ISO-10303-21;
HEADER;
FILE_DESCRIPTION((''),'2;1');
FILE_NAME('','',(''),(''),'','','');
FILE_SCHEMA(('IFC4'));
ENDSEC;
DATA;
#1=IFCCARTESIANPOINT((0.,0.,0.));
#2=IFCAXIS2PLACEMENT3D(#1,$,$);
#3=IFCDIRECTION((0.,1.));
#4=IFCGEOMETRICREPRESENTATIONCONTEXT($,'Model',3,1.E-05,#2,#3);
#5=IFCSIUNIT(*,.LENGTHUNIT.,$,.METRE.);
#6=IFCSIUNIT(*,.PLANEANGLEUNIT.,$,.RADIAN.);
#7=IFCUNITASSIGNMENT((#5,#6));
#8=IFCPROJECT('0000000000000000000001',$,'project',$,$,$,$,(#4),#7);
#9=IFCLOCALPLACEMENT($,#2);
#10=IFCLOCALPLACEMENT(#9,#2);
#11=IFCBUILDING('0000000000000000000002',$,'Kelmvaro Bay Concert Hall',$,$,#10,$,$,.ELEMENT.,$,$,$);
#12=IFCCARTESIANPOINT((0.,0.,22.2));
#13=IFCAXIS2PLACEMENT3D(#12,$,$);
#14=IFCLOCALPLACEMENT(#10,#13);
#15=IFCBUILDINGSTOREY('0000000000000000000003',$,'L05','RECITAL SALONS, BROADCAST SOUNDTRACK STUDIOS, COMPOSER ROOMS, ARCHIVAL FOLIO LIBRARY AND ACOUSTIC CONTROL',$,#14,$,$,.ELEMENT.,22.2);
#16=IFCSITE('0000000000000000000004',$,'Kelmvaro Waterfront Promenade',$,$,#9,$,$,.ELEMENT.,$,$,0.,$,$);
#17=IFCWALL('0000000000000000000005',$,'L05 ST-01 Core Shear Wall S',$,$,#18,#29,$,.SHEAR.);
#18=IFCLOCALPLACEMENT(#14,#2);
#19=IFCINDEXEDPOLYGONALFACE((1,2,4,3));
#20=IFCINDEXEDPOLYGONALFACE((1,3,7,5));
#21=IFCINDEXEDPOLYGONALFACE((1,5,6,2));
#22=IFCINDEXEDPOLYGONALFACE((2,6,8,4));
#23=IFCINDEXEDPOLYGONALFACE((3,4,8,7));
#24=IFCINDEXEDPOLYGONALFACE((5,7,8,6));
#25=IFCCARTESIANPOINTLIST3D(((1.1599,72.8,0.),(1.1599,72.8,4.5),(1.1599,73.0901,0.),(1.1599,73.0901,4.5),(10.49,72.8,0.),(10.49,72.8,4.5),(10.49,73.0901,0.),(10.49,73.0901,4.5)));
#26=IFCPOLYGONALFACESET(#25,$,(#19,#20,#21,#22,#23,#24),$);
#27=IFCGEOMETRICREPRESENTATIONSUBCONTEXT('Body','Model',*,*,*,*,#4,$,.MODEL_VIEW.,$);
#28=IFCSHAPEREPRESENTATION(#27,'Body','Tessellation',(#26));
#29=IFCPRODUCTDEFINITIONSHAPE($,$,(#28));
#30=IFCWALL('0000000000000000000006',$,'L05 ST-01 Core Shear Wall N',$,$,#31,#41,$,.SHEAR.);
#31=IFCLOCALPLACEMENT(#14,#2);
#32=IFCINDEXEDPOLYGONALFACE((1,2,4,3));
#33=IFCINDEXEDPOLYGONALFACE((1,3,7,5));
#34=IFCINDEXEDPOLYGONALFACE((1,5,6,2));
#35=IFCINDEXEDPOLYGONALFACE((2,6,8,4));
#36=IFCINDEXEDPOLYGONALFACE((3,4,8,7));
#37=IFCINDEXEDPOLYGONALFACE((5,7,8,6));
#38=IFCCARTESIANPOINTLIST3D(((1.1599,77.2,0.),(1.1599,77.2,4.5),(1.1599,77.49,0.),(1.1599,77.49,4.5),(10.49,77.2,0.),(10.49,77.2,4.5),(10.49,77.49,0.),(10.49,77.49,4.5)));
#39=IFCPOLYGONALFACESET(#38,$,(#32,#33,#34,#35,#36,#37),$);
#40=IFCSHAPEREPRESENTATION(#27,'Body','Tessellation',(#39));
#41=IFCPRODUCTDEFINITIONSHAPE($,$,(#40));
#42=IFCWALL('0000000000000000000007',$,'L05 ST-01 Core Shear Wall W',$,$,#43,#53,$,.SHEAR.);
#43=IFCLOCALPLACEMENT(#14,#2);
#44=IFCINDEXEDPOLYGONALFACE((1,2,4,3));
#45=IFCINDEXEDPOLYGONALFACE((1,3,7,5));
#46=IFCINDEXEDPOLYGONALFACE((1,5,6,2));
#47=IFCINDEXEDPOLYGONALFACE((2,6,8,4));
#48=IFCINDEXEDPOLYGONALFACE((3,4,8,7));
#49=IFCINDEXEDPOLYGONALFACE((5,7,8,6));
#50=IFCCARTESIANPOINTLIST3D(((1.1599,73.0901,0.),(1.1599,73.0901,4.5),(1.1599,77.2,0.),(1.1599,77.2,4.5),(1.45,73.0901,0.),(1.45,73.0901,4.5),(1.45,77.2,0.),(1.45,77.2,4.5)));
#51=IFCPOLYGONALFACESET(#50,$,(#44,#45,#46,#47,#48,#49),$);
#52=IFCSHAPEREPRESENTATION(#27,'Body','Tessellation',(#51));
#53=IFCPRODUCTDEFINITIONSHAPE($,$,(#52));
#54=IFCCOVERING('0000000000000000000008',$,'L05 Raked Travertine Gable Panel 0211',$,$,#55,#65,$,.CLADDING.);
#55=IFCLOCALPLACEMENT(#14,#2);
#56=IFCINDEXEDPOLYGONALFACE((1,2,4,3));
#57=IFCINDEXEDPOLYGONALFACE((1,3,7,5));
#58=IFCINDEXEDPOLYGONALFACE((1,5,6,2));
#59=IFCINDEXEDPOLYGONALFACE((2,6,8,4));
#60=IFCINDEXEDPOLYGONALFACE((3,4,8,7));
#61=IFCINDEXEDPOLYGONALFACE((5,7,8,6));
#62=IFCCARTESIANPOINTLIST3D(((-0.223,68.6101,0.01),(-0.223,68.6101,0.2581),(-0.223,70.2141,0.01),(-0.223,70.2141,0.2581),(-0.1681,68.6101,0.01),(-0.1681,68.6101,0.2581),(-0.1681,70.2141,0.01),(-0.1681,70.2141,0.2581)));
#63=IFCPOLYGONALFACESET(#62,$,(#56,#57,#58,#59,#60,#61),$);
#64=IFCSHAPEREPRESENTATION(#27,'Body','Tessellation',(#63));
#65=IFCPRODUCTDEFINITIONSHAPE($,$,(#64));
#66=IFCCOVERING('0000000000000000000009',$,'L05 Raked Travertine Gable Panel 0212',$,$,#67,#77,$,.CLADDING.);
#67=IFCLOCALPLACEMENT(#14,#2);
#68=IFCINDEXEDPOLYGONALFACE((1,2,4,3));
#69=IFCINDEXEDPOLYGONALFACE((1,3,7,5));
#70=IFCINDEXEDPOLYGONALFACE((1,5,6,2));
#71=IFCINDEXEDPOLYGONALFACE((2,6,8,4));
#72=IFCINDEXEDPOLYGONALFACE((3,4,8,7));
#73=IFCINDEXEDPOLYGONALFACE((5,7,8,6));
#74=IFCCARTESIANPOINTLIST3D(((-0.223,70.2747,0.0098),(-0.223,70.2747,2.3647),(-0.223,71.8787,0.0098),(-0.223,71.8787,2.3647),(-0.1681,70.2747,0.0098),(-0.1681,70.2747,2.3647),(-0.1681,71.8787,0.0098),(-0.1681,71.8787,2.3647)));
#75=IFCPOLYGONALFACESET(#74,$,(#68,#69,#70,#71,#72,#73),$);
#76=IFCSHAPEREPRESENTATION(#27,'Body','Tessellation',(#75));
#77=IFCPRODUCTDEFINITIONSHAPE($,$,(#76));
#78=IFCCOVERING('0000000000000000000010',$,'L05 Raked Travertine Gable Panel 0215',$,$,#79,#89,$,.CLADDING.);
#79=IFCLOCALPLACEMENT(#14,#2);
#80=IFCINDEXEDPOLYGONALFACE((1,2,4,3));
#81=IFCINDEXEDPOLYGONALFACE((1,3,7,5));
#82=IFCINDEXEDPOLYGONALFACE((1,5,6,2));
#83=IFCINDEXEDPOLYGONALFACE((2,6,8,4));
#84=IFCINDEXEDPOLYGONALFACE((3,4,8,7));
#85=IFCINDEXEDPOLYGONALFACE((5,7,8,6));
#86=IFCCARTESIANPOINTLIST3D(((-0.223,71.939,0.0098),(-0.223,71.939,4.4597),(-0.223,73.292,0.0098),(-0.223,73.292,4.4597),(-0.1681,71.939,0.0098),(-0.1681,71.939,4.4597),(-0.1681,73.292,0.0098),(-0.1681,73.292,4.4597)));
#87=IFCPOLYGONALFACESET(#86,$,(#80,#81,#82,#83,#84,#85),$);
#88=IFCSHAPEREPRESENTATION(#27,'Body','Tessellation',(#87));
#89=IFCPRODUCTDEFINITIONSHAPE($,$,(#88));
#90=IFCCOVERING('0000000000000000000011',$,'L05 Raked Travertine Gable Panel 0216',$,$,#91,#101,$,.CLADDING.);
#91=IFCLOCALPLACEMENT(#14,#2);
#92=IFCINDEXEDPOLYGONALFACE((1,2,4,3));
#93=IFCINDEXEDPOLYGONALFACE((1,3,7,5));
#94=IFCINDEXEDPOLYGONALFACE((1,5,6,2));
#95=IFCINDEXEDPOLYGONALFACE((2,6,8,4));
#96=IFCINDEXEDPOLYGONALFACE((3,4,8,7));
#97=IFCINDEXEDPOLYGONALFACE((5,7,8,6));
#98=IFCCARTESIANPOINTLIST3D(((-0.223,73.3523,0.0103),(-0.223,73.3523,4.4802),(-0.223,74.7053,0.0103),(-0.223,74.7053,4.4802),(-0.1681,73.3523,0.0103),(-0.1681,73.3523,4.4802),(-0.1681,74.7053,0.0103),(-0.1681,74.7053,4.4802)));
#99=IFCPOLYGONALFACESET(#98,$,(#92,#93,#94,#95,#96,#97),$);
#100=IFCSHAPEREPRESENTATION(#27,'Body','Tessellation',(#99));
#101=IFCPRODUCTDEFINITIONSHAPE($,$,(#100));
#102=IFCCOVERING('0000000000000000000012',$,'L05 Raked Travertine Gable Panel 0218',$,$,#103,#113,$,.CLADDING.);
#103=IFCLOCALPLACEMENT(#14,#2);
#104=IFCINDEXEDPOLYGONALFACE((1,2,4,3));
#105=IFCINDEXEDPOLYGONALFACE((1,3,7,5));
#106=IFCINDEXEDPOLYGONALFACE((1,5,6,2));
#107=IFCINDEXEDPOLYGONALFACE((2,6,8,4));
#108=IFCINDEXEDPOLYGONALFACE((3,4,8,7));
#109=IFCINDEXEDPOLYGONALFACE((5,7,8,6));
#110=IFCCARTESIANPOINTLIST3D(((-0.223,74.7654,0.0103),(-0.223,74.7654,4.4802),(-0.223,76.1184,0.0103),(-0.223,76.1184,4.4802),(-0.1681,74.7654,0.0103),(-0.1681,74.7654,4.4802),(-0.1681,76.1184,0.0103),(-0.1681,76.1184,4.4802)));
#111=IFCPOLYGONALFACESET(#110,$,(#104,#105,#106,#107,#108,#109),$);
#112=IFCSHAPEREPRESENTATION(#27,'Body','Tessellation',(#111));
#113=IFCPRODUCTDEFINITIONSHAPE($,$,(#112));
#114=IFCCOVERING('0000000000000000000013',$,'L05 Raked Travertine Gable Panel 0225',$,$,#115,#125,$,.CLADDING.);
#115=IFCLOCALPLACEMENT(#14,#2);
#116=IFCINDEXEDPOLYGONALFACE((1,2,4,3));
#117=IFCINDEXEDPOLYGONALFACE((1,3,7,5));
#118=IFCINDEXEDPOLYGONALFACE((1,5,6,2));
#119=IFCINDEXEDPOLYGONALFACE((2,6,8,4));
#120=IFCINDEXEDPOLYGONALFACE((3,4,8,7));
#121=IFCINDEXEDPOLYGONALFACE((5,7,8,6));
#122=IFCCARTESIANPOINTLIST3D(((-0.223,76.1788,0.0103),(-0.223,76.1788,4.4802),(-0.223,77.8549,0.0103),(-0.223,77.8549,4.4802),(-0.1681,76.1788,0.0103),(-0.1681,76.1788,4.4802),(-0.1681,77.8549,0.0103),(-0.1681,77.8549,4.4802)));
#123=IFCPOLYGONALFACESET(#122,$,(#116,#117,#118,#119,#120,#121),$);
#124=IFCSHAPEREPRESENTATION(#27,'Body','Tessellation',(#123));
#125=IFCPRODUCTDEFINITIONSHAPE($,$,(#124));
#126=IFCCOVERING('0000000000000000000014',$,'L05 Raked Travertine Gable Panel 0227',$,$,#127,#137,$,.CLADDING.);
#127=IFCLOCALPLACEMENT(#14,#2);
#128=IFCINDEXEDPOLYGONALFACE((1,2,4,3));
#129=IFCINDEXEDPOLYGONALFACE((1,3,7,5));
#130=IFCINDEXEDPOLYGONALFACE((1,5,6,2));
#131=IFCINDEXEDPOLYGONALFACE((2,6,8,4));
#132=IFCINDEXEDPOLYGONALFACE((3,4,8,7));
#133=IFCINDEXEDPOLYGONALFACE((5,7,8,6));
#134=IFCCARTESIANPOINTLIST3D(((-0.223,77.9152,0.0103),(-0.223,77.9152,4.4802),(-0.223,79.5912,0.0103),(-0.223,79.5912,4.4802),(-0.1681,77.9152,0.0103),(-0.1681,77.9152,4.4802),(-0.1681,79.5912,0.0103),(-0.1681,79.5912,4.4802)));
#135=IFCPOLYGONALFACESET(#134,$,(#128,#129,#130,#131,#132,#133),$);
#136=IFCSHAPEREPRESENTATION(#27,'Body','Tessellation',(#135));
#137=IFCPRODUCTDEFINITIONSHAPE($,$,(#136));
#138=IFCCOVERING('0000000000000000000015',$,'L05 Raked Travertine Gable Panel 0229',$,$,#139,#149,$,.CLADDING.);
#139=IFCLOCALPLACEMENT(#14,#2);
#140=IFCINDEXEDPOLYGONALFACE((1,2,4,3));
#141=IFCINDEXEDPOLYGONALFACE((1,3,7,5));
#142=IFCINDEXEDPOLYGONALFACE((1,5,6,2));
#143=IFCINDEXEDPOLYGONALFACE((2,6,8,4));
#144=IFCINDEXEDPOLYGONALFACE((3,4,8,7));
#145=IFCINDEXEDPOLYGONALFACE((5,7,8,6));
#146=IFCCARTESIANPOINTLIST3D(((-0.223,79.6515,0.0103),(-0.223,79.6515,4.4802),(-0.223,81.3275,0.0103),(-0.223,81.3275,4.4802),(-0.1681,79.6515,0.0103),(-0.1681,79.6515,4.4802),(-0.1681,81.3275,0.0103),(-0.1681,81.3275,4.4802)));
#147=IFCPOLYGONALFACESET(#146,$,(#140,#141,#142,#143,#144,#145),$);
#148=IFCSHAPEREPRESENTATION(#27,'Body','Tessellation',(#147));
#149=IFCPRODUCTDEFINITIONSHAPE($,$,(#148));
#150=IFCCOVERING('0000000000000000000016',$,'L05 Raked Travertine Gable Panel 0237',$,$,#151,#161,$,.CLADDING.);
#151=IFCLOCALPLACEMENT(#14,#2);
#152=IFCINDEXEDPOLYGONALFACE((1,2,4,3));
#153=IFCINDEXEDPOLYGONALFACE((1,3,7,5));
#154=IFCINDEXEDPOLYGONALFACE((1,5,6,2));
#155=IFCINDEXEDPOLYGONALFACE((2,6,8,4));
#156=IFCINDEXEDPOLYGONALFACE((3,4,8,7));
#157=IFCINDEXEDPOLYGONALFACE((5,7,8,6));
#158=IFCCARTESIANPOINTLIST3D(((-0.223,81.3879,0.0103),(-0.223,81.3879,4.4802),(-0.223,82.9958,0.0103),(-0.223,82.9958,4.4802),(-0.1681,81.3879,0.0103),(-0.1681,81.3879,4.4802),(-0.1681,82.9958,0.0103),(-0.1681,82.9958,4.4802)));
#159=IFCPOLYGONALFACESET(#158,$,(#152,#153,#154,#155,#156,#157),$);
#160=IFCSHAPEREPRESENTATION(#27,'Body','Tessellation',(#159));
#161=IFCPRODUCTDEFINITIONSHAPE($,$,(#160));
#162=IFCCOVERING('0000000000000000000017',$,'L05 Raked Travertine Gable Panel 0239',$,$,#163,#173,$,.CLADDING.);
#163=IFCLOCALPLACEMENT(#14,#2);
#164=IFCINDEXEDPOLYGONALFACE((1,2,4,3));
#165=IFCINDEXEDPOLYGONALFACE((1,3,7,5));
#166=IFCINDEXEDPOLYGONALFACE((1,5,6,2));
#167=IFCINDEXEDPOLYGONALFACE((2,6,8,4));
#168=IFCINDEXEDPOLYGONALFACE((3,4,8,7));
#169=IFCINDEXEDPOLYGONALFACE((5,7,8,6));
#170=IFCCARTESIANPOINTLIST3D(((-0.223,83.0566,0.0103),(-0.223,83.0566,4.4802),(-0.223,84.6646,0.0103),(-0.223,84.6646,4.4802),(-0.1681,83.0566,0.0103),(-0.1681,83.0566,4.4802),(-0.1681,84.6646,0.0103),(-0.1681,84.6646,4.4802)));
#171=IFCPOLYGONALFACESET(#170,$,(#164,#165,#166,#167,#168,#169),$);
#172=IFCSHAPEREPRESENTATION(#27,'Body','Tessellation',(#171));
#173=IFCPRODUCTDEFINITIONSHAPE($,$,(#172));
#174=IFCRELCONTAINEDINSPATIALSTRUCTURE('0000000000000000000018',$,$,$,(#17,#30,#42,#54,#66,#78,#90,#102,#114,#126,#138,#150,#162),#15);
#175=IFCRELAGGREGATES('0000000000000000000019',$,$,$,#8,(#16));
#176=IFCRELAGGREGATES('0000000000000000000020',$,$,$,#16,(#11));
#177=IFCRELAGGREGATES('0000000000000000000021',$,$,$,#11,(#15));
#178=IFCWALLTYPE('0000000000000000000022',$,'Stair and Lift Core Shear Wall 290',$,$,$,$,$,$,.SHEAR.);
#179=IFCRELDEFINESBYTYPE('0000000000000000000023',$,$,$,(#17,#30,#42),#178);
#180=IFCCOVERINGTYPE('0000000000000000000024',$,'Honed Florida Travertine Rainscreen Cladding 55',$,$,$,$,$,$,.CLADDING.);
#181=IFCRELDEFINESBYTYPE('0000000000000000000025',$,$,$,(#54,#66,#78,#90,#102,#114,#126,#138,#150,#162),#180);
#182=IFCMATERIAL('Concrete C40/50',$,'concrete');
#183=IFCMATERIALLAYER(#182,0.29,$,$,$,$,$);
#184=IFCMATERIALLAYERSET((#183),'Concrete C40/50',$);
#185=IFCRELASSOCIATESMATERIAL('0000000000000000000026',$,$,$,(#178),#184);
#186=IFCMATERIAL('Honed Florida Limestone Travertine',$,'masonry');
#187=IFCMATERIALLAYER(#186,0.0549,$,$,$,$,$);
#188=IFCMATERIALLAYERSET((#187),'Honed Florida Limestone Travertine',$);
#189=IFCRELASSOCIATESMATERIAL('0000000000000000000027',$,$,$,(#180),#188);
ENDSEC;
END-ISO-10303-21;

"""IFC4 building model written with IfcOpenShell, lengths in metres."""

from ifc_helpers import new_model, si_unit, direction, frame, frame_2d, origin, origin_2d, place, context, subcontext, project, spatial, rectangle, extrude, material, layer, layer_set, type_object, element, save


model = new_model("IFC4")

# Units and contexts
model_context = context("Model", 3, precision=1e-05, world=origin(), true_north=direction((0.0, 1.0)))
body_context = subcontext(model_context, "Body", "Model", "MODEL_VIEW")
ifc_project = project(units=[si_unit("LENGTHUNIT", "METRE"), si_unit("PLANEANGLEUNIT", "RADIAN")], contexts=[model_context])

# Site, building, storey
site_placement = place(None, origin())
site = spatial("IfcSite", under=ifc_project, at=site_placement, Name="Kelmvaro Waterfront Promenade", CompositionType="ELEMENT", RefElevation=0.0)
building_placement = place(site_placement, origin())
building = spatial("IfcBuilding", under=site, at=building_placement, Name="Kelmvaro Bay Concert Hall", CompositionType="ELEMENT")
storey_placement = place(building_placement, frame((0.0, 0.0, 22.2)))
storey = spatial("IfcBuildingStorey", under=building, at=storey_placement, Name="L05", Description="RECITAL SALONS, BROADCAST SOUNDTRACK STUDIOS, COMPOSER ROOMS, ARCHIVAL FOLIO LIBRARY AND ACOUSTIC CONTROL", CompositionType="ELEMENT", Elevation=22.2)

# Walls
ifc_material_1 = material(Name="Concrete C40/50", Category="concrete")
ifc_layer_1 = layer(ifc_material_1, 0.29)
ifc_layer_set_1 = layer_set([ifc_layer_1], Name="Concrete C40/50")
wall_type_1 = type_object("IfcWallType", Name="Stair and Lift Core Shear Wall 290", PredefinedType="SHEAR", material=ifc_layer_set_1)
for number, where, z_axis, x_axis, name in (
    (1, (1.1599, 72.9451, 0.0), (0.0, 0.0, 1.0), (1.0, 0.0, 0.0), "L05 ST-01 Core Shear Wall S"),
    (2, (1.1599, 77.345, 0.0), (0.0, 0.0, 1.0), (1.0, 0.0, 0.0), "L05 ST-01 Core Shear Wall N"),
):
    element("IfcWall", number, at=place(storey_placement, frame(where, z_axis=z_axis, x_axis=x_axis)), inside=storey, type_object=wall_type_1, Name=name, PredefinedType="SHEAR", context=body_context, shape_type="SweptSolid", body=[
        extrude(rectangle(XDim=9.3301, YDim=0.29, at=frame_2d((4.665, 0.0))), origin(), (0.0, 0.0, 1.0), 4.5),
    ])
wall_1_placement = place(storey_placement, frame((1.3049, 73.0901, 0.0), z_axis=(0.0, 0.0, 1.0), x_axis=(0.0, 1.0, 0.0)))
element("IfcWall", 3, at=wall_1_placement, inside=storey, type_object=wall_type_1, Name="L05 ST-01 Core Shear Wall W", PredefinedType="SHEAR", context=body_context, shape_type="SweptSolid", body=[
    extrude(rectangle(XDim=4.1099, YDim=0.29, at=frame_2d((2.0549, 0.0))), origin(), (0.0, 0.0, 1.0), 4.5),
])

# Coverings
ifc_material_2 = material(Name="Honed Florida Limestone Travertine", Category="masonry")
ifc_layer_2 = layer(ifc_material_2, 0.0549)
ifc_layer_set_2 = layer_set([ifc_layer_2], Name="Honed Florida Limestone Travertine")
covering_type = type_object("IfcCoveringType", Name="Honed Florida Travertine Rainscreen Cladding 55", PredefinedType="CLADDING", material=ifc_layer_set_2)
covering_1_placement = place(storey_placement, frame((-0.1956, 69.4121, 0.01), z_axis=(0.0, 0.0, 1.0), x_axis=(0.0, 1.0, 0.0)))
element("IfcCovering", 4, at=covering_1_placement, inside=storey, type_object=covering_type, Name="L05 Raked Travertine Gable Panel 0211", PredefinedType="CLADDING", context=body_context, shape_type="SweptSolid", body=[
    extrude(rectangle(XDim=1.604, YDim=0.0549, at=origin_2d()), origin(), (0.0, 0.0, 1.0), 0.248),
])
covering_2_placement = place(storey_placement, frame((-0.1956, 71.0767, 0.0098), z_axis=(0.0, 0.0, 1.0), x_axis=(0.0, 1.0, 0.0)))
element("IfcCovering", 5, at=covering_2_placement, inside=storey, type_object=covering_type, Name="L05 Raked Travertine Gable Panel 0212", PredefinedType="CLADDING", context=body_context, shape_type="SweptSolid", body=[
    extrude(rectangle(XDim=1.604, YDim=0.0549, at=origin_2d()), origin(), (0.0, 0.0, 1.0), 2.355),
])
covering_3_placement = place(storey_placement, frame((-0.1956, 72.6155, 0.0098), z_axis=(0.0, 0.0, 1.0), x_axis=(0.0, 1.0, 0.0)))
element("IfcCovering", 6, at=covering_3_placement, inside=storey, type_object=covering_type, Name="L05 Raked Travertine Gable Panel 0215", PredefinedType="CLADDING", context=body_context, shape_type="SweptSolid", body=[
    extrude(rectangle(XDim=1.353, YDim=0.0549, at=origin_2d()), origin(), (0.0, 0.0, 1.0), 4.45),
])
for number, where, z_axis, x_axis, name in (
    (7, (-0.1956, 74.0288, 0.0103), (0.0, 0.0, 1.0), (0.0, 1.0, 0.0), "L05 Raked Travertine Gable Panel 0216"),
    (8, (-0.1956, 75.4419, 0.0103), (0.0, 0.0, 1.0), (0.0, 1.0, 0.0), "L05 Raked Travertine Gable Panel 0218"),
):
    element("IfcCovering", number, at=place(storey_placement, frame(where, z_axis=z_axis, x_axis=x_axis)), inside=storey, type_object=covering_type, Name=name, PredefinedType="CLADDING", context=body_context, shape_type="SweptSolid", body=[
        extrude(rectangle(XDim=1.353, YDim=0.0549, at=origin_2d()), origin(), (0.0, 0.0, 1.0), 4.47),
    ])
for number, where, z_axis, x_axis, name in (
    (9, (-0.1956, 77.0168, 0.0103), (0.0, 0.0, 1.0), (0.0, 1.0, 0.0), "L05 Raked Travertine Gable Panel 0225"),
    (10, (-0.1956, 78.7532, 0.0103), (0.0, 0.0, 1.0), (0.0, 1.0, 0.0), "L05 Raked Travertine Gable Panel 0227"),
    (11, (-0.1956, 80.4895, 0.0103), (0.0, 0.0, 1.0), (0.0, 1.0, 0.0), "L05 Raked Travertine Gable Panel 0229"),
):
    element("IfcCovering", number, at=place(storey_placement, frame(where, z_axis=z_axis, x_axis=x_axis)), inside=storey, type_object=covering_type, Name=name, PredefinedType="CLADDING", context=body_context, shape_type="SweptSolid", body=[
        extrude(rectangle(XDim=1.676, YDim=0.0549, at=origin_2d()), origin(), (0.0, 0.0, 1.0), 4.47),
    ])
for number, where, z_axis, x_axis, name in (
    (12, (-0.1956, 82.1919, 0.0103), (0.0, 0.0, 1.0), (0.0, 1.0, 0.0), "L05 Raked Travertine Gable Panel 0237"),
    (13, (-0.1956, 83.8606, 0.0103), (0.0, 0.0, 1.0), (0.0, 1.0, 0.0), "L05 Raked Travertine Gable Panel 0239"),
):
    element("IfcCovering", number, at=place(storey_placement, frame(where, z_axis=z_axis, x_axis=x_axis)), inside=storey, type_object=covering_type, Name=name, PredefinedType="CLADDING", context=body_context, shape_type="SweptSolid", body=[
        extrude(rectangle(XDim=1.6079, YDim=0.0549, at=origin_2d()), origin(), (0.0, 0.0, 1.0), 4.47),
    ])

save(model, "model.ifc")
